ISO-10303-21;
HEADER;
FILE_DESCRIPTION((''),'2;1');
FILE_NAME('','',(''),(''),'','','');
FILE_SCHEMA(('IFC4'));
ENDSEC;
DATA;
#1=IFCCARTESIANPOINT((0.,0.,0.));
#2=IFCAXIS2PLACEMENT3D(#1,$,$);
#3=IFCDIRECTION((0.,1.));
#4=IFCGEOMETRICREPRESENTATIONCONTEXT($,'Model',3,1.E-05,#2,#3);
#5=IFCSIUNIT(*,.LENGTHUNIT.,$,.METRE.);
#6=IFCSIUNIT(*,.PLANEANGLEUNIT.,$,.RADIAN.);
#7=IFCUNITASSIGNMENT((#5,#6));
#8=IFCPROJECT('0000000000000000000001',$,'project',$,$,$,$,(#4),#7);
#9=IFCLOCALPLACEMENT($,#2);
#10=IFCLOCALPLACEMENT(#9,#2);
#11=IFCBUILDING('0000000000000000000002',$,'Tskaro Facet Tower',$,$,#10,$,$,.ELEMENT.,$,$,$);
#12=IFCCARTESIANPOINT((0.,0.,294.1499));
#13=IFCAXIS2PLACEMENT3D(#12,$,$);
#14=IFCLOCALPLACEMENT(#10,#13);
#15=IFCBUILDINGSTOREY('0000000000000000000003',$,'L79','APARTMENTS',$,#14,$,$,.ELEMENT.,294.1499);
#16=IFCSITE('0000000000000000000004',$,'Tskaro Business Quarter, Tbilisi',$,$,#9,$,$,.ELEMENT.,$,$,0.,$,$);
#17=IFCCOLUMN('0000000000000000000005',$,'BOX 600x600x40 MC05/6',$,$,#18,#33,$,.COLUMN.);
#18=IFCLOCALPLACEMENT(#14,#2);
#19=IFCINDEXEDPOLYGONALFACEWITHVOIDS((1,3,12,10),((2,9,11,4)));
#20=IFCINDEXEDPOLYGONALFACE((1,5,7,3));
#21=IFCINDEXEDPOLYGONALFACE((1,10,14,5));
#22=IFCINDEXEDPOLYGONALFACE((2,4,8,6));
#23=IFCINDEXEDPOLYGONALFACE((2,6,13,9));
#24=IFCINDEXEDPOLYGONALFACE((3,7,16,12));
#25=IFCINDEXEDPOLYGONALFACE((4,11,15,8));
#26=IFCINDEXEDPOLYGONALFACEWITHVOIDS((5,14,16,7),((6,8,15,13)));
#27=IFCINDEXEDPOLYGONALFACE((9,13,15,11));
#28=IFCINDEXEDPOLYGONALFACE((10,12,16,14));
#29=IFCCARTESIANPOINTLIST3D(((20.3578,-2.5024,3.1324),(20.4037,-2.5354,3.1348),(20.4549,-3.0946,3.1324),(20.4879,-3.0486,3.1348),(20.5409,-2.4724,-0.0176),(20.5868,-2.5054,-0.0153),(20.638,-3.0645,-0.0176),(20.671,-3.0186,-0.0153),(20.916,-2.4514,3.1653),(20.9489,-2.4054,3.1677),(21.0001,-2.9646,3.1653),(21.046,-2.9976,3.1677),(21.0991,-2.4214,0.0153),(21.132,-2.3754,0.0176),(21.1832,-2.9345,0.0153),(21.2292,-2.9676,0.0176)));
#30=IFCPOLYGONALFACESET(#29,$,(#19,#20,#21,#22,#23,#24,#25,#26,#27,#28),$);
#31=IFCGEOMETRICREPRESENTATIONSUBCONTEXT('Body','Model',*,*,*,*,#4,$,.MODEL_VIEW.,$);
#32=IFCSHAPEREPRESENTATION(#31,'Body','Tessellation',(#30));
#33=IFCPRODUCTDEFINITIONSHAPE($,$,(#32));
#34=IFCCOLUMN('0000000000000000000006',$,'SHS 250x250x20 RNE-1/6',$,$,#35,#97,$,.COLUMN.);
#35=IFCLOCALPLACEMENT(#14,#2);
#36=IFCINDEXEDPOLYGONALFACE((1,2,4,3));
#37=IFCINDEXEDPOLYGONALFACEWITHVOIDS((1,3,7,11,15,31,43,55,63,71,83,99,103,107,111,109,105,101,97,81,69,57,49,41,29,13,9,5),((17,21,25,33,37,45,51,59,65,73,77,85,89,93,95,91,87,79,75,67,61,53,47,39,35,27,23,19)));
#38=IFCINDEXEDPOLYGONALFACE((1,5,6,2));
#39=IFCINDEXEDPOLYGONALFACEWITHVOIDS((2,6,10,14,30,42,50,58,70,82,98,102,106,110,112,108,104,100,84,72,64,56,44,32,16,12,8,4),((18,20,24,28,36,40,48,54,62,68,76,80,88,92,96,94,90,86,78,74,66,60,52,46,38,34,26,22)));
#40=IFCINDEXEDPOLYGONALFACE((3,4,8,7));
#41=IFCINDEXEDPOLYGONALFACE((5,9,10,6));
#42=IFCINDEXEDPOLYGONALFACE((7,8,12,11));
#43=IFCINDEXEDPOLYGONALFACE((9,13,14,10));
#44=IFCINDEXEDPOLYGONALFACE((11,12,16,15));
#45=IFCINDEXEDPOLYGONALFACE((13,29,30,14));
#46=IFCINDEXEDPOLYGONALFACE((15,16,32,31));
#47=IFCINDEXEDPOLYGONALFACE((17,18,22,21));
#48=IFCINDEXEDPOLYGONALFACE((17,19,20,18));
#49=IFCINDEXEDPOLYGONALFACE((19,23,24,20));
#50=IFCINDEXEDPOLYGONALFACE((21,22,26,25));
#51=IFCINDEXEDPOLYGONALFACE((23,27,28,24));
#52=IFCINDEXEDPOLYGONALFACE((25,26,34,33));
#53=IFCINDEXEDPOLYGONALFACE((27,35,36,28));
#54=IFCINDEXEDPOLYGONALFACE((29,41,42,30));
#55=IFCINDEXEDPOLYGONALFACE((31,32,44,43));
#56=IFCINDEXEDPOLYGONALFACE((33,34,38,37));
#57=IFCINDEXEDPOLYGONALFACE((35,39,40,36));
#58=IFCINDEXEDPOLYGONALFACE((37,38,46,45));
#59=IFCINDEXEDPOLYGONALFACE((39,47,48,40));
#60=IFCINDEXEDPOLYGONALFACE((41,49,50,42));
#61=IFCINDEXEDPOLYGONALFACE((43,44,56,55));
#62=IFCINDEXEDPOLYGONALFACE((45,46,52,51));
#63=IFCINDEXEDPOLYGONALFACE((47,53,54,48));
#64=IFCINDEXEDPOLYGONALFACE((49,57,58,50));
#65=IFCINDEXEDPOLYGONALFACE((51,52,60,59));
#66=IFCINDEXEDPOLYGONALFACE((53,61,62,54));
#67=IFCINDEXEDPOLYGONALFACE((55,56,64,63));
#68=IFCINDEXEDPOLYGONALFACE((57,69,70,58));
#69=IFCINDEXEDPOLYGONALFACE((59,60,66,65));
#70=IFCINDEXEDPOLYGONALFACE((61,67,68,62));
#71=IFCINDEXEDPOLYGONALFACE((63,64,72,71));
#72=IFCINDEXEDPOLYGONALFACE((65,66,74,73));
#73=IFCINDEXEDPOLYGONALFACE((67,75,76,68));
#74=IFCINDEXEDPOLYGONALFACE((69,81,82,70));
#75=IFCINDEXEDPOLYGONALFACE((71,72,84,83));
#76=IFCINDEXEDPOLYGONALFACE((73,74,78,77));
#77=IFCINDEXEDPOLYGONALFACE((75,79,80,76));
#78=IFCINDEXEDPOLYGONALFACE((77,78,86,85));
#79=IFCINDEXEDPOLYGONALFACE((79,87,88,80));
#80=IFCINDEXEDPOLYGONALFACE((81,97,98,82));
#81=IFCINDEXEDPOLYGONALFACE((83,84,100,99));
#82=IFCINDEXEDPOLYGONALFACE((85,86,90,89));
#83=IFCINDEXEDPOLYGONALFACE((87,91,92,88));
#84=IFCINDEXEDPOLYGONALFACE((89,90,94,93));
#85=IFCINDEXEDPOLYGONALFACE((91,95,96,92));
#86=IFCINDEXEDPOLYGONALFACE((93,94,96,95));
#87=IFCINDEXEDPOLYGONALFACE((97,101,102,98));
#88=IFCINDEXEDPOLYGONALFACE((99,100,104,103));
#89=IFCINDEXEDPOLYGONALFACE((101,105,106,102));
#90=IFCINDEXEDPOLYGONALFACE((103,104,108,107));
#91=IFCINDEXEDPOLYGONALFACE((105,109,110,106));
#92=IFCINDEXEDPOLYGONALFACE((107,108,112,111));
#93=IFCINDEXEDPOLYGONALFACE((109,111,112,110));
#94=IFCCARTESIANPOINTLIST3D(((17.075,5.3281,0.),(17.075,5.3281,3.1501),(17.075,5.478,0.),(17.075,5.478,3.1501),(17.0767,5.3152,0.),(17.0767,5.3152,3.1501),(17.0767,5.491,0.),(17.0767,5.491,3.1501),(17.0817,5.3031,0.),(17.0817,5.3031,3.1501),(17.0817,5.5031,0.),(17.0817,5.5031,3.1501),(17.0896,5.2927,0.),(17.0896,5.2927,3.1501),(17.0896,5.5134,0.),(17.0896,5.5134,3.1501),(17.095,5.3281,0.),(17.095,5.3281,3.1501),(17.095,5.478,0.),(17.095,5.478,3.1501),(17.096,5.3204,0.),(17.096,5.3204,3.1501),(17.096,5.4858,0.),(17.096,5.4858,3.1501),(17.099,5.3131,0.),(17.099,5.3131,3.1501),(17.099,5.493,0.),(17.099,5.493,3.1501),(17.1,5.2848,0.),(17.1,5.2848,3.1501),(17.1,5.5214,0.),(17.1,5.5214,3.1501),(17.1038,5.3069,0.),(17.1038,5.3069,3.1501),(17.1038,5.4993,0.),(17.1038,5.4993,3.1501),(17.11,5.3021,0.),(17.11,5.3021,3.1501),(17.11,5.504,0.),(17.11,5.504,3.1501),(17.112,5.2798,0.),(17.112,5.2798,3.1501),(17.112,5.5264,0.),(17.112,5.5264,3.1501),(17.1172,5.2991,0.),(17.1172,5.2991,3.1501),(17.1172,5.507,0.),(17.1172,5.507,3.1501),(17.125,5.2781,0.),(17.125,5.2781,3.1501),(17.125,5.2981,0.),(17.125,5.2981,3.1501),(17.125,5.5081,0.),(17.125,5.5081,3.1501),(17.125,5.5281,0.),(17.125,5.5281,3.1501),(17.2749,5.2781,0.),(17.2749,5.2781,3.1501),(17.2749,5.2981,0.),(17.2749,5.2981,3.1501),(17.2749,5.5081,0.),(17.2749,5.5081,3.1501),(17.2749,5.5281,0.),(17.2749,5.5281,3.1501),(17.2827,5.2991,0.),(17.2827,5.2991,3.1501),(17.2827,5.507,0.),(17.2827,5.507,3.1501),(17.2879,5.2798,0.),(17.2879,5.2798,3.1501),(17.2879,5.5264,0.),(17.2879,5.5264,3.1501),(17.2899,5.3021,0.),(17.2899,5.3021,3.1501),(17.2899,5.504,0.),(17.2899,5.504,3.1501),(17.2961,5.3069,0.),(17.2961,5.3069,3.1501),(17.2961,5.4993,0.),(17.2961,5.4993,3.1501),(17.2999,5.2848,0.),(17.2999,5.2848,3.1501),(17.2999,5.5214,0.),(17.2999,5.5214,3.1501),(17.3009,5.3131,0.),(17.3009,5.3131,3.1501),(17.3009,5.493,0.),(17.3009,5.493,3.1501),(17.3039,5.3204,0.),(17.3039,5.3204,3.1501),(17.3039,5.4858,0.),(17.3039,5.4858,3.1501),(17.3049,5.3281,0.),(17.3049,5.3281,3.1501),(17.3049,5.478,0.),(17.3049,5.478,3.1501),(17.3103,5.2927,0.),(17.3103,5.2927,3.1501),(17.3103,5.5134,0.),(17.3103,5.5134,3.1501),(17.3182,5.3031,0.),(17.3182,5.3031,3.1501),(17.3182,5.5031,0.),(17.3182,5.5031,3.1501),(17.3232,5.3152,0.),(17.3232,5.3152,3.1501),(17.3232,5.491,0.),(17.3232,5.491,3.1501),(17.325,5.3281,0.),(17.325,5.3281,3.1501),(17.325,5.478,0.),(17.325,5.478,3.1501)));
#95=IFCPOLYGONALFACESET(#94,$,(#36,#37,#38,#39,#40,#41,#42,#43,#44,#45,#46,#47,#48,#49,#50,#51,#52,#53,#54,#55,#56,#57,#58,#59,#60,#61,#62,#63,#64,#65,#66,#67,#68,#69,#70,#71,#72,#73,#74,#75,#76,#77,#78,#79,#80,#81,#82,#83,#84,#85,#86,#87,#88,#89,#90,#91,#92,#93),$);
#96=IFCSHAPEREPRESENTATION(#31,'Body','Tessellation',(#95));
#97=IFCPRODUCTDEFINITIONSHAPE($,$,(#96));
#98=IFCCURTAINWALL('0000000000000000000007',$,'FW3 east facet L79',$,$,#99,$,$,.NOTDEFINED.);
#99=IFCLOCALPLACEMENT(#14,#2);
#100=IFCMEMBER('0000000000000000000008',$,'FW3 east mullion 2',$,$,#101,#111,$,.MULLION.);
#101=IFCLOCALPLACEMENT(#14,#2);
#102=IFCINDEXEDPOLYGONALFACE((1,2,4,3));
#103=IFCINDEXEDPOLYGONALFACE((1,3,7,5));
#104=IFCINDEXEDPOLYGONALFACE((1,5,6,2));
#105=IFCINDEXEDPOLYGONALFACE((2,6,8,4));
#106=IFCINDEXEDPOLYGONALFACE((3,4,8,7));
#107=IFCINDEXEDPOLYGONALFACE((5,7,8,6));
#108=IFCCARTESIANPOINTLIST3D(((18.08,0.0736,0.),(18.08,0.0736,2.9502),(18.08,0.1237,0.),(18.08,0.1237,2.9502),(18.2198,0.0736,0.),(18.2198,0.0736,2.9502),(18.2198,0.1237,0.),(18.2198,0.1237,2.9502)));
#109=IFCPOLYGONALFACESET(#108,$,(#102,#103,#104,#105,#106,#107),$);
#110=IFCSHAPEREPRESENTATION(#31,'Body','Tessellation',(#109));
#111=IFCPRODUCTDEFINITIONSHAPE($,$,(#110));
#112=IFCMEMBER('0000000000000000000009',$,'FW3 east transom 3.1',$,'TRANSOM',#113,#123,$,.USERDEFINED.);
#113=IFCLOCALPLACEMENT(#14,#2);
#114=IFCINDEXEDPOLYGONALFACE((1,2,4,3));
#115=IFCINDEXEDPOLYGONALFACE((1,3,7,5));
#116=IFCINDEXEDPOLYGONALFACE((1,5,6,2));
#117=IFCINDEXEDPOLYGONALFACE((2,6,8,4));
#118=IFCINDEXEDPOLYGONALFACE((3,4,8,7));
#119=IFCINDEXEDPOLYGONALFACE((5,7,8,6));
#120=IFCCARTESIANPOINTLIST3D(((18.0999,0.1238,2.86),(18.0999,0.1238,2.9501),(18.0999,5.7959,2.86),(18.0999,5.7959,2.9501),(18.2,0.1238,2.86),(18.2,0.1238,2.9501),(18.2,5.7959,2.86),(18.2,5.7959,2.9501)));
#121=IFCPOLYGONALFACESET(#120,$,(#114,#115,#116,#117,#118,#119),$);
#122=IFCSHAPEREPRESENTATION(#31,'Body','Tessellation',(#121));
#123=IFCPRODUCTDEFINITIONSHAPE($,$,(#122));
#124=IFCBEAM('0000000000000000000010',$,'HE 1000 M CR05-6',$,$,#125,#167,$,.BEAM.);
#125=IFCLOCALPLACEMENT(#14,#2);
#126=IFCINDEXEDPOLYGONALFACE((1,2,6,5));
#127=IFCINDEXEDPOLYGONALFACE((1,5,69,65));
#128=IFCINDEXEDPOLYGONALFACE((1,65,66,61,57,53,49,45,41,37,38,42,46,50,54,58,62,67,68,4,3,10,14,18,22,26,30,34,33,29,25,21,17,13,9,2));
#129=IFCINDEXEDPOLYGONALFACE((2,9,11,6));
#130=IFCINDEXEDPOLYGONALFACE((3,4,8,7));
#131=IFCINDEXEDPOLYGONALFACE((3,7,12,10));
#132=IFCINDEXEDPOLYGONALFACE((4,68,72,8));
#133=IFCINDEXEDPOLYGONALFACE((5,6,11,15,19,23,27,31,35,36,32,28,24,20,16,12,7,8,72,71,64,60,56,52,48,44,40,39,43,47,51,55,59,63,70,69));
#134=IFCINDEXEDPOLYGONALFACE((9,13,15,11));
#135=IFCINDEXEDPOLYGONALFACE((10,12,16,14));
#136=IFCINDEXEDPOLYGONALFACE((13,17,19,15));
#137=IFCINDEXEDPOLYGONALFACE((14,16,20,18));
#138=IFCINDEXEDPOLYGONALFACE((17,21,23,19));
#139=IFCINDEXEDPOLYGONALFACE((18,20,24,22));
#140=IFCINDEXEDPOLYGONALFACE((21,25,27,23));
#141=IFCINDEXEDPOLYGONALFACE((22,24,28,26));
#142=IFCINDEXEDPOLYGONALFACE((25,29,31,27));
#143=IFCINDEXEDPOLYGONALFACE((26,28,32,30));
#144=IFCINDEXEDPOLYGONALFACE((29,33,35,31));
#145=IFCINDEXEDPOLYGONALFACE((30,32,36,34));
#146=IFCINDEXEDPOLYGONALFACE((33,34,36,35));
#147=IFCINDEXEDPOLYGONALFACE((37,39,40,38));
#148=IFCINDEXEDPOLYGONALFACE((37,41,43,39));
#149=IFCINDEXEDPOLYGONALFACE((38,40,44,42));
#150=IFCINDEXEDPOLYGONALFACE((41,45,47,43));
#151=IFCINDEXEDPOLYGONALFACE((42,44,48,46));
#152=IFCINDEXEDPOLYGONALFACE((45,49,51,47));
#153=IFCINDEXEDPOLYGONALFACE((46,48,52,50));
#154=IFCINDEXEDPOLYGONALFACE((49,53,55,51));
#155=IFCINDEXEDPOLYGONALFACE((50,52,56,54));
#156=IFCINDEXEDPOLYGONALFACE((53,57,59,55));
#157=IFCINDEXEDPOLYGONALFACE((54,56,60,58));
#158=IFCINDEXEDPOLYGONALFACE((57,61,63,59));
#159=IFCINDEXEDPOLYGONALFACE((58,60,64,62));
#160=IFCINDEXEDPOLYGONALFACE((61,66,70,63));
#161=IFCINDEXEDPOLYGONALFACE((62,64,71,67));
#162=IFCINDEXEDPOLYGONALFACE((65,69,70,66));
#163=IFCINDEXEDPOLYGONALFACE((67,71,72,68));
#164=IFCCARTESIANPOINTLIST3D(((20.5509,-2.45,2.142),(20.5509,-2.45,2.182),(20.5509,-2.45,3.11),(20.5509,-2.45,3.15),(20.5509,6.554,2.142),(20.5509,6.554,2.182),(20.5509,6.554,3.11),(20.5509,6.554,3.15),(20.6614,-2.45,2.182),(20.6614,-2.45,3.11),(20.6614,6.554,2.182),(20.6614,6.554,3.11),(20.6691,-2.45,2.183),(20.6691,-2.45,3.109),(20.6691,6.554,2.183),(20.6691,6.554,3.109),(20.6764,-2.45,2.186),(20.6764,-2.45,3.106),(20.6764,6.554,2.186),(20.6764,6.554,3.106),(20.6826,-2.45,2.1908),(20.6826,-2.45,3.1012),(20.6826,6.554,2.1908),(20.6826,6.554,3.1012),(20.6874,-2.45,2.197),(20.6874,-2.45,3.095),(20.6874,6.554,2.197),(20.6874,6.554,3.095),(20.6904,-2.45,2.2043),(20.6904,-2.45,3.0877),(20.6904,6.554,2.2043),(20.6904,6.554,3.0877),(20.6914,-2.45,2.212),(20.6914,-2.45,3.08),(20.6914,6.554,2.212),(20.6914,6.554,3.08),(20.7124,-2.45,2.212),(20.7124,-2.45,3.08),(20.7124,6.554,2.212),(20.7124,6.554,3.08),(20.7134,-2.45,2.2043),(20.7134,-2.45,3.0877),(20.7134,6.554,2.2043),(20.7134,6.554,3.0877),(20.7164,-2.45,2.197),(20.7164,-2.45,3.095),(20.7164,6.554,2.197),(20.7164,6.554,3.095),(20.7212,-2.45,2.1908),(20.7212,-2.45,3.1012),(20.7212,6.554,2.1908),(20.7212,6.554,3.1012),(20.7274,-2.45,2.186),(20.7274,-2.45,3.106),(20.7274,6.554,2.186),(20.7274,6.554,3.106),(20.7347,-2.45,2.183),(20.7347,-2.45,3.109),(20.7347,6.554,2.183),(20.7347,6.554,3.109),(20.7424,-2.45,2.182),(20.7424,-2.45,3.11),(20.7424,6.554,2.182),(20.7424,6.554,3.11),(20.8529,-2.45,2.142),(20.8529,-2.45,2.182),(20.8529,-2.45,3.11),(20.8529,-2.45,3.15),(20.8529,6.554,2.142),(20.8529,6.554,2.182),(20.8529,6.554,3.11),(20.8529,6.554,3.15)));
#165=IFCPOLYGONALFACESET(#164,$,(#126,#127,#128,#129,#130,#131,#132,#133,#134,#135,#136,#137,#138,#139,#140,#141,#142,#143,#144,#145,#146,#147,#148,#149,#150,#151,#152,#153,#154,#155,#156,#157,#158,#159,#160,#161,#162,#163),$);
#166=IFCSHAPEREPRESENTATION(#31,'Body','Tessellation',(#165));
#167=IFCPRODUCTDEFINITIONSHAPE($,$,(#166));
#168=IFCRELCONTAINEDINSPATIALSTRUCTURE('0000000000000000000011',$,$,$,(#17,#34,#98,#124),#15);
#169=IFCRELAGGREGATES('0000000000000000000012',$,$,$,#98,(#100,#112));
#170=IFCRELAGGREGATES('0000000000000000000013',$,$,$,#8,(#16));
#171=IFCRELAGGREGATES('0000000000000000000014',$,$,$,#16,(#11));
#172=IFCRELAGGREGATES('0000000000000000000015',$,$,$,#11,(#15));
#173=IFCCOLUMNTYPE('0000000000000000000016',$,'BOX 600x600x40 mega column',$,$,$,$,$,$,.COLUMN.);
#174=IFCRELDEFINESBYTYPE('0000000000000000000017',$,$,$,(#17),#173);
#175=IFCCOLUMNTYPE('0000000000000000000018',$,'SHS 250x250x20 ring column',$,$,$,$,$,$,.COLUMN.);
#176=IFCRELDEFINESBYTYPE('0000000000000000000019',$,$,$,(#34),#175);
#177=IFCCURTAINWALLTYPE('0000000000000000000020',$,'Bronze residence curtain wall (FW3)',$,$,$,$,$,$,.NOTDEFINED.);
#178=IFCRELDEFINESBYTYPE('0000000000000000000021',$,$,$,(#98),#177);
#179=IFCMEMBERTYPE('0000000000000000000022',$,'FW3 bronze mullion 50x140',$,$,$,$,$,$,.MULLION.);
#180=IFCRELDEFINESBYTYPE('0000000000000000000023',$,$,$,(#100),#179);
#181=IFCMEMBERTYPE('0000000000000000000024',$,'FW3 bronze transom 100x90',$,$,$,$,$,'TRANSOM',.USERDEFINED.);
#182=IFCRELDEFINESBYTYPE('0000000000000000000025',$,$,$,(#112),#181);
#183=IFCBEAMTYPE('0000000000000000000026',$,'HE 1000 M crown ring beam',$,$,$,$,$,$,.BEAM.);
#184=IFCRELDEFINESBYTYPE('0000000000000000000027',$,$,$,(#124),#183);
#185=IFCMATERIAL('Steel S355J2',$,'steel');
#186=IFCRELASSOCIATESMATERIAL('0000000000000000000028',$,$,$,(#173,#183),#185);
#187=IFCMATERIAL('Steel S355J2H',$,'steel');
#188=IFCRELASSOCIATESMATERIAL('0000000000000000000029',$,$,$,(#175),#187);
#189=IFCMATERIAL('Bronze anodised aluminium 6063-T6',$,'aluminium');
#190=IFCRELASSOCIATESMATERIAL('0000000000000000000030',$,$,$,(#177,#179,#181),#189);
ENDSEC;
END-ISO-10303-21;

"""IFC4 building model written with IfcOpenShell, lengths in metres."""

from ifc_helpers import new_model, si_unit, direction, frame, origin, origin_2d, place, context, subcontext, project, spatial, rectangle, hollow_rectangle, i_section, extrude, material, material_profile, profile_set, type_object, element, aggregate, save


model = new_model("IFC4")

# Units and contexts
model_context = context("Model", 3, precision=1e-05, world=origin(), true_north=direction((0.0, 1.0)))
body_context = subcontext(model_context, "Body", "Model", "MODEL_VIEW")
ifc_project = project(units=[si_unit("LENGTHUNIT", "METRE"), si_unit("PLANEANGLEUNIT", "RADIAN")], contexts=[model_context])

# Site, building, storey
site_placement = place(None, origin())
site = spatial("IfcSite", under=ifc_project, at=site_placement, Name="Tskaro Business Quarter, Tbilisi", CompositionType="ELEMENT", RefElevation=0.0)
building_placement = place(site_placement, origin())
building = spatial("IfcBuilding", under=site, at=building_placement, Name="Tskaro Facet Tower", CompositionType="ELEMENT")
storey_placement = place(building_placement, frame((0.0, 0.0, 294.1499)))
storey = spatial("IfcBuildingStorey", under=building, at=storey_placement, Name="L79", Description="APARTMENTS", CompositionType="ELEMENT", Elevation=294.1499)

# Columns
ifc_material_1 = material(Name="Steel S355J2", Category="steel")
ifc_material_profile_1 = material_profile(ifc_material_1, hollow_rectangle(XDim=0.6001, YDim=0.6001, WallThickness=0.04, at=origin_2d()), Name="BOX 600x600x40")
ifc_profile_set_1 = profile_set([ifc_material_profile_1], Name="Steel S355J2")
column_type_1 = type_object("IfcColumnType", Name="BOX 600x600x40 mega column", PredefinedType="COLUMN", material=ifc_profile_set_1)
column_1_placement = place(storey_placement, frame((20.885, -2.72, 0.0), z_axis=(-0.058025, -0.009516, 0.99827), x_axis=(0.161838, -0.986817, 0.0)))
element("IfcColumn", 1, at=column_1_placement, inside=storey, type_object=column_type_1, Name="BOX 600x600x40 MC05/6", PredefinedType="COLUMN", context=body_context, shape_type="SweptSolid", body=[
    extrude(hollow_rectangle(XDim=0.6001, YDim=0.6001, WallThickness=0.04, at=origin_2d()), origin(), (0.0, 0.0, 1.0), 3.1555),
])
ifc_material_2 = material(Name="Steel S355J2H", Category="steel")
ifc_material_profile_2 = material_profile(ifc_material_2, hollow_rectangle(XDim=0.25, YDim=0.25, WallThickness=0.02, InnerFilletRadius=0.03, OuterFilletRadius=0.05, at=origin_2d()), Name="SHS 250x250x20")
ifc_profile_set_2 = profile_set([ifc_material_profile_2], Name="Steel S355J2H")
column_type_2 = type_object("IfcColumnType", Name="SHS 250x250x20 ring column", PredefinedType="COLUMN", material=ifc_profile_set_2)
column_2_placement = place(storey_placement, frame((17.2, 5.4031, 0.0), z_axis=(0.0, 0.0, 1.0), x_axis=(1.0, 0.0, 0.0)))
element("IfcColumn", 2, at=column_2_placement, inside=storey, type_object=column_type_2, Name="SHS 250x250x20 RNE-1/6", PredefinedType="COLUMN", context=body_context, shape_type="SweptSolid", body=[
    extrude(hollow_rectangle(XDim=0.25, YDim=0.25, WallThickness=0.02, InnerFilletRadius=0.03, OuterFilletRadius=0.05, at=origin_2d()), origin(), (0.0, 0.0, 1.0), 3.1501),
])

# Curtain wall, members
ifc_material_3 = material(Name="Bronze anodised aluminium 6063-T6", Category="aluminium")
curtain_wall_type = type_object("IfcCurtainWallType", Name="Bronze residence curtain wall (FW3)", PredefinedType="NOTDEFINED", material=ifc_material_3)
curtain_wall_placement = place(storey_placement, origin())
curtain_wall = element("IfcCurtainWall", 3, at=curtain_wall_placement, inside=storey, type_object=curtain_wall_type, Name="FW3 east facet L79", PredefinedType="NOTDEFINED")
ifc_material_profile_3 = material_profile(ifc_material_3, rectangle(XDim=0.05, YDim=0.1399, at=origin_2d()), Name="Mullion 50x140")
ifc_profile_set_3 = profile_set([ifc_material_profile_3], Name="Bronze anodised aluminium 6063-T6")
member_type_1 = type_object("IfcMemberType", Name="FW3 bronze mullion 50x140", PredefinedType="MULLION", material=ifc_profile_set_3)
member_1_placement = place(storey_placement, frame((18.1499, 0.0986, 0.0), z_axis=(0.0, 0.0, 1.0), x_axis=(0.0, 1.0, 0.0)))
member_1 = element("IfcMember", 4, at=member_1_placement, type_object=member_type_1, Name="FW3 east mullion 2", PredefinedType="MULLION", context=body_context, shape_type="SweptSolid", body=[
    extrude(rectangle(XDim=0.05, YDim=0.1399, at=origin_2d()), origin(), (0.0, 0.0, 1.0), 2.9502),
])
ifc_material_profile_4 = material_profile(ifc_material_3, rectangle(XDim=0.1001, YDim=0.0901, at=origin_2d()), Name="Transom 100x90")
ifc_profile_set_4 = profile_set([ifc_material_profile_4], Name="Bronze anodised aluminium 6063-T6")
member_type_2 = type_object("IfcMemberType", Name="FW3 bronze transom 100x90", ElementType="TRANSOM", PredefinedType="USERDEFINED", material=ifc_profile_set_4)
member_2_placement = place(storey_placement, frame((18.1499, 0.1238, 2.905), z_axis=(0.0, 1.0, 0.0), x_axis=(-1.0, 0.0, 0.0)))
member_2 = element("IfcMember", 5, at=member_2_placement, type_object=member_type_2, Name="FW3 east transom 3.1", ObjectType="TRANSOM", PredefinedType="USERDEFINED", context=body_context, shape_type="SweptSolid", body=[
    extrude(rectangle(XDim=0.1001, YDim=0.0901, at=origin_2d()), origin(), (0.0, 0.0, 1.0), 5.6721),
])

# Beam
ifc_material_profile_5 = material_profile(ifc_material_1, i_section(OverallWidth=0.302, OverallDepth=1.0081, WebThickness=0.021, FlangeThickness=0.04, FilletRadius=0.03, at=origin_2d()), Name="HE 1000 M")
ifc_profile_set_5 = profile_set([ifc_material_profile_5], Name="Steel S355J2")
beam_type_1 = type_object("IfcBeamType", Name="HE 1000 M crown ring beam", PredefinedType="BEAM", material=ifc_profile_set_5)
beam_1_placement = place(storey_placement, frame((20.7019, -2.45, 2.646), z_axis=(0.0, 1.0, 0.0), x_axis=(-1.0, 0.0, 0.0)))
element("IfcBeam", 6, at=beam_1_placement, inside=storey, type_object=beam_type_1, Name="HE 1000 M CR05-6", PredefinedType="BEAM", context=body_context, shape_type="SweptSolid", body=[
    extrude(i_section(OverallWidth=0.302, OverallDepth=1.0081, WebThickness=0.021, FlangeThickness=0.04, FilletRadius=0.03, at=origin_2d()), origin(), (0.0, 0.0, 1.0), 9.0039),
])

aggregate(curtain_wall, [member_1, member_2])

save(model, "model.ifc")
